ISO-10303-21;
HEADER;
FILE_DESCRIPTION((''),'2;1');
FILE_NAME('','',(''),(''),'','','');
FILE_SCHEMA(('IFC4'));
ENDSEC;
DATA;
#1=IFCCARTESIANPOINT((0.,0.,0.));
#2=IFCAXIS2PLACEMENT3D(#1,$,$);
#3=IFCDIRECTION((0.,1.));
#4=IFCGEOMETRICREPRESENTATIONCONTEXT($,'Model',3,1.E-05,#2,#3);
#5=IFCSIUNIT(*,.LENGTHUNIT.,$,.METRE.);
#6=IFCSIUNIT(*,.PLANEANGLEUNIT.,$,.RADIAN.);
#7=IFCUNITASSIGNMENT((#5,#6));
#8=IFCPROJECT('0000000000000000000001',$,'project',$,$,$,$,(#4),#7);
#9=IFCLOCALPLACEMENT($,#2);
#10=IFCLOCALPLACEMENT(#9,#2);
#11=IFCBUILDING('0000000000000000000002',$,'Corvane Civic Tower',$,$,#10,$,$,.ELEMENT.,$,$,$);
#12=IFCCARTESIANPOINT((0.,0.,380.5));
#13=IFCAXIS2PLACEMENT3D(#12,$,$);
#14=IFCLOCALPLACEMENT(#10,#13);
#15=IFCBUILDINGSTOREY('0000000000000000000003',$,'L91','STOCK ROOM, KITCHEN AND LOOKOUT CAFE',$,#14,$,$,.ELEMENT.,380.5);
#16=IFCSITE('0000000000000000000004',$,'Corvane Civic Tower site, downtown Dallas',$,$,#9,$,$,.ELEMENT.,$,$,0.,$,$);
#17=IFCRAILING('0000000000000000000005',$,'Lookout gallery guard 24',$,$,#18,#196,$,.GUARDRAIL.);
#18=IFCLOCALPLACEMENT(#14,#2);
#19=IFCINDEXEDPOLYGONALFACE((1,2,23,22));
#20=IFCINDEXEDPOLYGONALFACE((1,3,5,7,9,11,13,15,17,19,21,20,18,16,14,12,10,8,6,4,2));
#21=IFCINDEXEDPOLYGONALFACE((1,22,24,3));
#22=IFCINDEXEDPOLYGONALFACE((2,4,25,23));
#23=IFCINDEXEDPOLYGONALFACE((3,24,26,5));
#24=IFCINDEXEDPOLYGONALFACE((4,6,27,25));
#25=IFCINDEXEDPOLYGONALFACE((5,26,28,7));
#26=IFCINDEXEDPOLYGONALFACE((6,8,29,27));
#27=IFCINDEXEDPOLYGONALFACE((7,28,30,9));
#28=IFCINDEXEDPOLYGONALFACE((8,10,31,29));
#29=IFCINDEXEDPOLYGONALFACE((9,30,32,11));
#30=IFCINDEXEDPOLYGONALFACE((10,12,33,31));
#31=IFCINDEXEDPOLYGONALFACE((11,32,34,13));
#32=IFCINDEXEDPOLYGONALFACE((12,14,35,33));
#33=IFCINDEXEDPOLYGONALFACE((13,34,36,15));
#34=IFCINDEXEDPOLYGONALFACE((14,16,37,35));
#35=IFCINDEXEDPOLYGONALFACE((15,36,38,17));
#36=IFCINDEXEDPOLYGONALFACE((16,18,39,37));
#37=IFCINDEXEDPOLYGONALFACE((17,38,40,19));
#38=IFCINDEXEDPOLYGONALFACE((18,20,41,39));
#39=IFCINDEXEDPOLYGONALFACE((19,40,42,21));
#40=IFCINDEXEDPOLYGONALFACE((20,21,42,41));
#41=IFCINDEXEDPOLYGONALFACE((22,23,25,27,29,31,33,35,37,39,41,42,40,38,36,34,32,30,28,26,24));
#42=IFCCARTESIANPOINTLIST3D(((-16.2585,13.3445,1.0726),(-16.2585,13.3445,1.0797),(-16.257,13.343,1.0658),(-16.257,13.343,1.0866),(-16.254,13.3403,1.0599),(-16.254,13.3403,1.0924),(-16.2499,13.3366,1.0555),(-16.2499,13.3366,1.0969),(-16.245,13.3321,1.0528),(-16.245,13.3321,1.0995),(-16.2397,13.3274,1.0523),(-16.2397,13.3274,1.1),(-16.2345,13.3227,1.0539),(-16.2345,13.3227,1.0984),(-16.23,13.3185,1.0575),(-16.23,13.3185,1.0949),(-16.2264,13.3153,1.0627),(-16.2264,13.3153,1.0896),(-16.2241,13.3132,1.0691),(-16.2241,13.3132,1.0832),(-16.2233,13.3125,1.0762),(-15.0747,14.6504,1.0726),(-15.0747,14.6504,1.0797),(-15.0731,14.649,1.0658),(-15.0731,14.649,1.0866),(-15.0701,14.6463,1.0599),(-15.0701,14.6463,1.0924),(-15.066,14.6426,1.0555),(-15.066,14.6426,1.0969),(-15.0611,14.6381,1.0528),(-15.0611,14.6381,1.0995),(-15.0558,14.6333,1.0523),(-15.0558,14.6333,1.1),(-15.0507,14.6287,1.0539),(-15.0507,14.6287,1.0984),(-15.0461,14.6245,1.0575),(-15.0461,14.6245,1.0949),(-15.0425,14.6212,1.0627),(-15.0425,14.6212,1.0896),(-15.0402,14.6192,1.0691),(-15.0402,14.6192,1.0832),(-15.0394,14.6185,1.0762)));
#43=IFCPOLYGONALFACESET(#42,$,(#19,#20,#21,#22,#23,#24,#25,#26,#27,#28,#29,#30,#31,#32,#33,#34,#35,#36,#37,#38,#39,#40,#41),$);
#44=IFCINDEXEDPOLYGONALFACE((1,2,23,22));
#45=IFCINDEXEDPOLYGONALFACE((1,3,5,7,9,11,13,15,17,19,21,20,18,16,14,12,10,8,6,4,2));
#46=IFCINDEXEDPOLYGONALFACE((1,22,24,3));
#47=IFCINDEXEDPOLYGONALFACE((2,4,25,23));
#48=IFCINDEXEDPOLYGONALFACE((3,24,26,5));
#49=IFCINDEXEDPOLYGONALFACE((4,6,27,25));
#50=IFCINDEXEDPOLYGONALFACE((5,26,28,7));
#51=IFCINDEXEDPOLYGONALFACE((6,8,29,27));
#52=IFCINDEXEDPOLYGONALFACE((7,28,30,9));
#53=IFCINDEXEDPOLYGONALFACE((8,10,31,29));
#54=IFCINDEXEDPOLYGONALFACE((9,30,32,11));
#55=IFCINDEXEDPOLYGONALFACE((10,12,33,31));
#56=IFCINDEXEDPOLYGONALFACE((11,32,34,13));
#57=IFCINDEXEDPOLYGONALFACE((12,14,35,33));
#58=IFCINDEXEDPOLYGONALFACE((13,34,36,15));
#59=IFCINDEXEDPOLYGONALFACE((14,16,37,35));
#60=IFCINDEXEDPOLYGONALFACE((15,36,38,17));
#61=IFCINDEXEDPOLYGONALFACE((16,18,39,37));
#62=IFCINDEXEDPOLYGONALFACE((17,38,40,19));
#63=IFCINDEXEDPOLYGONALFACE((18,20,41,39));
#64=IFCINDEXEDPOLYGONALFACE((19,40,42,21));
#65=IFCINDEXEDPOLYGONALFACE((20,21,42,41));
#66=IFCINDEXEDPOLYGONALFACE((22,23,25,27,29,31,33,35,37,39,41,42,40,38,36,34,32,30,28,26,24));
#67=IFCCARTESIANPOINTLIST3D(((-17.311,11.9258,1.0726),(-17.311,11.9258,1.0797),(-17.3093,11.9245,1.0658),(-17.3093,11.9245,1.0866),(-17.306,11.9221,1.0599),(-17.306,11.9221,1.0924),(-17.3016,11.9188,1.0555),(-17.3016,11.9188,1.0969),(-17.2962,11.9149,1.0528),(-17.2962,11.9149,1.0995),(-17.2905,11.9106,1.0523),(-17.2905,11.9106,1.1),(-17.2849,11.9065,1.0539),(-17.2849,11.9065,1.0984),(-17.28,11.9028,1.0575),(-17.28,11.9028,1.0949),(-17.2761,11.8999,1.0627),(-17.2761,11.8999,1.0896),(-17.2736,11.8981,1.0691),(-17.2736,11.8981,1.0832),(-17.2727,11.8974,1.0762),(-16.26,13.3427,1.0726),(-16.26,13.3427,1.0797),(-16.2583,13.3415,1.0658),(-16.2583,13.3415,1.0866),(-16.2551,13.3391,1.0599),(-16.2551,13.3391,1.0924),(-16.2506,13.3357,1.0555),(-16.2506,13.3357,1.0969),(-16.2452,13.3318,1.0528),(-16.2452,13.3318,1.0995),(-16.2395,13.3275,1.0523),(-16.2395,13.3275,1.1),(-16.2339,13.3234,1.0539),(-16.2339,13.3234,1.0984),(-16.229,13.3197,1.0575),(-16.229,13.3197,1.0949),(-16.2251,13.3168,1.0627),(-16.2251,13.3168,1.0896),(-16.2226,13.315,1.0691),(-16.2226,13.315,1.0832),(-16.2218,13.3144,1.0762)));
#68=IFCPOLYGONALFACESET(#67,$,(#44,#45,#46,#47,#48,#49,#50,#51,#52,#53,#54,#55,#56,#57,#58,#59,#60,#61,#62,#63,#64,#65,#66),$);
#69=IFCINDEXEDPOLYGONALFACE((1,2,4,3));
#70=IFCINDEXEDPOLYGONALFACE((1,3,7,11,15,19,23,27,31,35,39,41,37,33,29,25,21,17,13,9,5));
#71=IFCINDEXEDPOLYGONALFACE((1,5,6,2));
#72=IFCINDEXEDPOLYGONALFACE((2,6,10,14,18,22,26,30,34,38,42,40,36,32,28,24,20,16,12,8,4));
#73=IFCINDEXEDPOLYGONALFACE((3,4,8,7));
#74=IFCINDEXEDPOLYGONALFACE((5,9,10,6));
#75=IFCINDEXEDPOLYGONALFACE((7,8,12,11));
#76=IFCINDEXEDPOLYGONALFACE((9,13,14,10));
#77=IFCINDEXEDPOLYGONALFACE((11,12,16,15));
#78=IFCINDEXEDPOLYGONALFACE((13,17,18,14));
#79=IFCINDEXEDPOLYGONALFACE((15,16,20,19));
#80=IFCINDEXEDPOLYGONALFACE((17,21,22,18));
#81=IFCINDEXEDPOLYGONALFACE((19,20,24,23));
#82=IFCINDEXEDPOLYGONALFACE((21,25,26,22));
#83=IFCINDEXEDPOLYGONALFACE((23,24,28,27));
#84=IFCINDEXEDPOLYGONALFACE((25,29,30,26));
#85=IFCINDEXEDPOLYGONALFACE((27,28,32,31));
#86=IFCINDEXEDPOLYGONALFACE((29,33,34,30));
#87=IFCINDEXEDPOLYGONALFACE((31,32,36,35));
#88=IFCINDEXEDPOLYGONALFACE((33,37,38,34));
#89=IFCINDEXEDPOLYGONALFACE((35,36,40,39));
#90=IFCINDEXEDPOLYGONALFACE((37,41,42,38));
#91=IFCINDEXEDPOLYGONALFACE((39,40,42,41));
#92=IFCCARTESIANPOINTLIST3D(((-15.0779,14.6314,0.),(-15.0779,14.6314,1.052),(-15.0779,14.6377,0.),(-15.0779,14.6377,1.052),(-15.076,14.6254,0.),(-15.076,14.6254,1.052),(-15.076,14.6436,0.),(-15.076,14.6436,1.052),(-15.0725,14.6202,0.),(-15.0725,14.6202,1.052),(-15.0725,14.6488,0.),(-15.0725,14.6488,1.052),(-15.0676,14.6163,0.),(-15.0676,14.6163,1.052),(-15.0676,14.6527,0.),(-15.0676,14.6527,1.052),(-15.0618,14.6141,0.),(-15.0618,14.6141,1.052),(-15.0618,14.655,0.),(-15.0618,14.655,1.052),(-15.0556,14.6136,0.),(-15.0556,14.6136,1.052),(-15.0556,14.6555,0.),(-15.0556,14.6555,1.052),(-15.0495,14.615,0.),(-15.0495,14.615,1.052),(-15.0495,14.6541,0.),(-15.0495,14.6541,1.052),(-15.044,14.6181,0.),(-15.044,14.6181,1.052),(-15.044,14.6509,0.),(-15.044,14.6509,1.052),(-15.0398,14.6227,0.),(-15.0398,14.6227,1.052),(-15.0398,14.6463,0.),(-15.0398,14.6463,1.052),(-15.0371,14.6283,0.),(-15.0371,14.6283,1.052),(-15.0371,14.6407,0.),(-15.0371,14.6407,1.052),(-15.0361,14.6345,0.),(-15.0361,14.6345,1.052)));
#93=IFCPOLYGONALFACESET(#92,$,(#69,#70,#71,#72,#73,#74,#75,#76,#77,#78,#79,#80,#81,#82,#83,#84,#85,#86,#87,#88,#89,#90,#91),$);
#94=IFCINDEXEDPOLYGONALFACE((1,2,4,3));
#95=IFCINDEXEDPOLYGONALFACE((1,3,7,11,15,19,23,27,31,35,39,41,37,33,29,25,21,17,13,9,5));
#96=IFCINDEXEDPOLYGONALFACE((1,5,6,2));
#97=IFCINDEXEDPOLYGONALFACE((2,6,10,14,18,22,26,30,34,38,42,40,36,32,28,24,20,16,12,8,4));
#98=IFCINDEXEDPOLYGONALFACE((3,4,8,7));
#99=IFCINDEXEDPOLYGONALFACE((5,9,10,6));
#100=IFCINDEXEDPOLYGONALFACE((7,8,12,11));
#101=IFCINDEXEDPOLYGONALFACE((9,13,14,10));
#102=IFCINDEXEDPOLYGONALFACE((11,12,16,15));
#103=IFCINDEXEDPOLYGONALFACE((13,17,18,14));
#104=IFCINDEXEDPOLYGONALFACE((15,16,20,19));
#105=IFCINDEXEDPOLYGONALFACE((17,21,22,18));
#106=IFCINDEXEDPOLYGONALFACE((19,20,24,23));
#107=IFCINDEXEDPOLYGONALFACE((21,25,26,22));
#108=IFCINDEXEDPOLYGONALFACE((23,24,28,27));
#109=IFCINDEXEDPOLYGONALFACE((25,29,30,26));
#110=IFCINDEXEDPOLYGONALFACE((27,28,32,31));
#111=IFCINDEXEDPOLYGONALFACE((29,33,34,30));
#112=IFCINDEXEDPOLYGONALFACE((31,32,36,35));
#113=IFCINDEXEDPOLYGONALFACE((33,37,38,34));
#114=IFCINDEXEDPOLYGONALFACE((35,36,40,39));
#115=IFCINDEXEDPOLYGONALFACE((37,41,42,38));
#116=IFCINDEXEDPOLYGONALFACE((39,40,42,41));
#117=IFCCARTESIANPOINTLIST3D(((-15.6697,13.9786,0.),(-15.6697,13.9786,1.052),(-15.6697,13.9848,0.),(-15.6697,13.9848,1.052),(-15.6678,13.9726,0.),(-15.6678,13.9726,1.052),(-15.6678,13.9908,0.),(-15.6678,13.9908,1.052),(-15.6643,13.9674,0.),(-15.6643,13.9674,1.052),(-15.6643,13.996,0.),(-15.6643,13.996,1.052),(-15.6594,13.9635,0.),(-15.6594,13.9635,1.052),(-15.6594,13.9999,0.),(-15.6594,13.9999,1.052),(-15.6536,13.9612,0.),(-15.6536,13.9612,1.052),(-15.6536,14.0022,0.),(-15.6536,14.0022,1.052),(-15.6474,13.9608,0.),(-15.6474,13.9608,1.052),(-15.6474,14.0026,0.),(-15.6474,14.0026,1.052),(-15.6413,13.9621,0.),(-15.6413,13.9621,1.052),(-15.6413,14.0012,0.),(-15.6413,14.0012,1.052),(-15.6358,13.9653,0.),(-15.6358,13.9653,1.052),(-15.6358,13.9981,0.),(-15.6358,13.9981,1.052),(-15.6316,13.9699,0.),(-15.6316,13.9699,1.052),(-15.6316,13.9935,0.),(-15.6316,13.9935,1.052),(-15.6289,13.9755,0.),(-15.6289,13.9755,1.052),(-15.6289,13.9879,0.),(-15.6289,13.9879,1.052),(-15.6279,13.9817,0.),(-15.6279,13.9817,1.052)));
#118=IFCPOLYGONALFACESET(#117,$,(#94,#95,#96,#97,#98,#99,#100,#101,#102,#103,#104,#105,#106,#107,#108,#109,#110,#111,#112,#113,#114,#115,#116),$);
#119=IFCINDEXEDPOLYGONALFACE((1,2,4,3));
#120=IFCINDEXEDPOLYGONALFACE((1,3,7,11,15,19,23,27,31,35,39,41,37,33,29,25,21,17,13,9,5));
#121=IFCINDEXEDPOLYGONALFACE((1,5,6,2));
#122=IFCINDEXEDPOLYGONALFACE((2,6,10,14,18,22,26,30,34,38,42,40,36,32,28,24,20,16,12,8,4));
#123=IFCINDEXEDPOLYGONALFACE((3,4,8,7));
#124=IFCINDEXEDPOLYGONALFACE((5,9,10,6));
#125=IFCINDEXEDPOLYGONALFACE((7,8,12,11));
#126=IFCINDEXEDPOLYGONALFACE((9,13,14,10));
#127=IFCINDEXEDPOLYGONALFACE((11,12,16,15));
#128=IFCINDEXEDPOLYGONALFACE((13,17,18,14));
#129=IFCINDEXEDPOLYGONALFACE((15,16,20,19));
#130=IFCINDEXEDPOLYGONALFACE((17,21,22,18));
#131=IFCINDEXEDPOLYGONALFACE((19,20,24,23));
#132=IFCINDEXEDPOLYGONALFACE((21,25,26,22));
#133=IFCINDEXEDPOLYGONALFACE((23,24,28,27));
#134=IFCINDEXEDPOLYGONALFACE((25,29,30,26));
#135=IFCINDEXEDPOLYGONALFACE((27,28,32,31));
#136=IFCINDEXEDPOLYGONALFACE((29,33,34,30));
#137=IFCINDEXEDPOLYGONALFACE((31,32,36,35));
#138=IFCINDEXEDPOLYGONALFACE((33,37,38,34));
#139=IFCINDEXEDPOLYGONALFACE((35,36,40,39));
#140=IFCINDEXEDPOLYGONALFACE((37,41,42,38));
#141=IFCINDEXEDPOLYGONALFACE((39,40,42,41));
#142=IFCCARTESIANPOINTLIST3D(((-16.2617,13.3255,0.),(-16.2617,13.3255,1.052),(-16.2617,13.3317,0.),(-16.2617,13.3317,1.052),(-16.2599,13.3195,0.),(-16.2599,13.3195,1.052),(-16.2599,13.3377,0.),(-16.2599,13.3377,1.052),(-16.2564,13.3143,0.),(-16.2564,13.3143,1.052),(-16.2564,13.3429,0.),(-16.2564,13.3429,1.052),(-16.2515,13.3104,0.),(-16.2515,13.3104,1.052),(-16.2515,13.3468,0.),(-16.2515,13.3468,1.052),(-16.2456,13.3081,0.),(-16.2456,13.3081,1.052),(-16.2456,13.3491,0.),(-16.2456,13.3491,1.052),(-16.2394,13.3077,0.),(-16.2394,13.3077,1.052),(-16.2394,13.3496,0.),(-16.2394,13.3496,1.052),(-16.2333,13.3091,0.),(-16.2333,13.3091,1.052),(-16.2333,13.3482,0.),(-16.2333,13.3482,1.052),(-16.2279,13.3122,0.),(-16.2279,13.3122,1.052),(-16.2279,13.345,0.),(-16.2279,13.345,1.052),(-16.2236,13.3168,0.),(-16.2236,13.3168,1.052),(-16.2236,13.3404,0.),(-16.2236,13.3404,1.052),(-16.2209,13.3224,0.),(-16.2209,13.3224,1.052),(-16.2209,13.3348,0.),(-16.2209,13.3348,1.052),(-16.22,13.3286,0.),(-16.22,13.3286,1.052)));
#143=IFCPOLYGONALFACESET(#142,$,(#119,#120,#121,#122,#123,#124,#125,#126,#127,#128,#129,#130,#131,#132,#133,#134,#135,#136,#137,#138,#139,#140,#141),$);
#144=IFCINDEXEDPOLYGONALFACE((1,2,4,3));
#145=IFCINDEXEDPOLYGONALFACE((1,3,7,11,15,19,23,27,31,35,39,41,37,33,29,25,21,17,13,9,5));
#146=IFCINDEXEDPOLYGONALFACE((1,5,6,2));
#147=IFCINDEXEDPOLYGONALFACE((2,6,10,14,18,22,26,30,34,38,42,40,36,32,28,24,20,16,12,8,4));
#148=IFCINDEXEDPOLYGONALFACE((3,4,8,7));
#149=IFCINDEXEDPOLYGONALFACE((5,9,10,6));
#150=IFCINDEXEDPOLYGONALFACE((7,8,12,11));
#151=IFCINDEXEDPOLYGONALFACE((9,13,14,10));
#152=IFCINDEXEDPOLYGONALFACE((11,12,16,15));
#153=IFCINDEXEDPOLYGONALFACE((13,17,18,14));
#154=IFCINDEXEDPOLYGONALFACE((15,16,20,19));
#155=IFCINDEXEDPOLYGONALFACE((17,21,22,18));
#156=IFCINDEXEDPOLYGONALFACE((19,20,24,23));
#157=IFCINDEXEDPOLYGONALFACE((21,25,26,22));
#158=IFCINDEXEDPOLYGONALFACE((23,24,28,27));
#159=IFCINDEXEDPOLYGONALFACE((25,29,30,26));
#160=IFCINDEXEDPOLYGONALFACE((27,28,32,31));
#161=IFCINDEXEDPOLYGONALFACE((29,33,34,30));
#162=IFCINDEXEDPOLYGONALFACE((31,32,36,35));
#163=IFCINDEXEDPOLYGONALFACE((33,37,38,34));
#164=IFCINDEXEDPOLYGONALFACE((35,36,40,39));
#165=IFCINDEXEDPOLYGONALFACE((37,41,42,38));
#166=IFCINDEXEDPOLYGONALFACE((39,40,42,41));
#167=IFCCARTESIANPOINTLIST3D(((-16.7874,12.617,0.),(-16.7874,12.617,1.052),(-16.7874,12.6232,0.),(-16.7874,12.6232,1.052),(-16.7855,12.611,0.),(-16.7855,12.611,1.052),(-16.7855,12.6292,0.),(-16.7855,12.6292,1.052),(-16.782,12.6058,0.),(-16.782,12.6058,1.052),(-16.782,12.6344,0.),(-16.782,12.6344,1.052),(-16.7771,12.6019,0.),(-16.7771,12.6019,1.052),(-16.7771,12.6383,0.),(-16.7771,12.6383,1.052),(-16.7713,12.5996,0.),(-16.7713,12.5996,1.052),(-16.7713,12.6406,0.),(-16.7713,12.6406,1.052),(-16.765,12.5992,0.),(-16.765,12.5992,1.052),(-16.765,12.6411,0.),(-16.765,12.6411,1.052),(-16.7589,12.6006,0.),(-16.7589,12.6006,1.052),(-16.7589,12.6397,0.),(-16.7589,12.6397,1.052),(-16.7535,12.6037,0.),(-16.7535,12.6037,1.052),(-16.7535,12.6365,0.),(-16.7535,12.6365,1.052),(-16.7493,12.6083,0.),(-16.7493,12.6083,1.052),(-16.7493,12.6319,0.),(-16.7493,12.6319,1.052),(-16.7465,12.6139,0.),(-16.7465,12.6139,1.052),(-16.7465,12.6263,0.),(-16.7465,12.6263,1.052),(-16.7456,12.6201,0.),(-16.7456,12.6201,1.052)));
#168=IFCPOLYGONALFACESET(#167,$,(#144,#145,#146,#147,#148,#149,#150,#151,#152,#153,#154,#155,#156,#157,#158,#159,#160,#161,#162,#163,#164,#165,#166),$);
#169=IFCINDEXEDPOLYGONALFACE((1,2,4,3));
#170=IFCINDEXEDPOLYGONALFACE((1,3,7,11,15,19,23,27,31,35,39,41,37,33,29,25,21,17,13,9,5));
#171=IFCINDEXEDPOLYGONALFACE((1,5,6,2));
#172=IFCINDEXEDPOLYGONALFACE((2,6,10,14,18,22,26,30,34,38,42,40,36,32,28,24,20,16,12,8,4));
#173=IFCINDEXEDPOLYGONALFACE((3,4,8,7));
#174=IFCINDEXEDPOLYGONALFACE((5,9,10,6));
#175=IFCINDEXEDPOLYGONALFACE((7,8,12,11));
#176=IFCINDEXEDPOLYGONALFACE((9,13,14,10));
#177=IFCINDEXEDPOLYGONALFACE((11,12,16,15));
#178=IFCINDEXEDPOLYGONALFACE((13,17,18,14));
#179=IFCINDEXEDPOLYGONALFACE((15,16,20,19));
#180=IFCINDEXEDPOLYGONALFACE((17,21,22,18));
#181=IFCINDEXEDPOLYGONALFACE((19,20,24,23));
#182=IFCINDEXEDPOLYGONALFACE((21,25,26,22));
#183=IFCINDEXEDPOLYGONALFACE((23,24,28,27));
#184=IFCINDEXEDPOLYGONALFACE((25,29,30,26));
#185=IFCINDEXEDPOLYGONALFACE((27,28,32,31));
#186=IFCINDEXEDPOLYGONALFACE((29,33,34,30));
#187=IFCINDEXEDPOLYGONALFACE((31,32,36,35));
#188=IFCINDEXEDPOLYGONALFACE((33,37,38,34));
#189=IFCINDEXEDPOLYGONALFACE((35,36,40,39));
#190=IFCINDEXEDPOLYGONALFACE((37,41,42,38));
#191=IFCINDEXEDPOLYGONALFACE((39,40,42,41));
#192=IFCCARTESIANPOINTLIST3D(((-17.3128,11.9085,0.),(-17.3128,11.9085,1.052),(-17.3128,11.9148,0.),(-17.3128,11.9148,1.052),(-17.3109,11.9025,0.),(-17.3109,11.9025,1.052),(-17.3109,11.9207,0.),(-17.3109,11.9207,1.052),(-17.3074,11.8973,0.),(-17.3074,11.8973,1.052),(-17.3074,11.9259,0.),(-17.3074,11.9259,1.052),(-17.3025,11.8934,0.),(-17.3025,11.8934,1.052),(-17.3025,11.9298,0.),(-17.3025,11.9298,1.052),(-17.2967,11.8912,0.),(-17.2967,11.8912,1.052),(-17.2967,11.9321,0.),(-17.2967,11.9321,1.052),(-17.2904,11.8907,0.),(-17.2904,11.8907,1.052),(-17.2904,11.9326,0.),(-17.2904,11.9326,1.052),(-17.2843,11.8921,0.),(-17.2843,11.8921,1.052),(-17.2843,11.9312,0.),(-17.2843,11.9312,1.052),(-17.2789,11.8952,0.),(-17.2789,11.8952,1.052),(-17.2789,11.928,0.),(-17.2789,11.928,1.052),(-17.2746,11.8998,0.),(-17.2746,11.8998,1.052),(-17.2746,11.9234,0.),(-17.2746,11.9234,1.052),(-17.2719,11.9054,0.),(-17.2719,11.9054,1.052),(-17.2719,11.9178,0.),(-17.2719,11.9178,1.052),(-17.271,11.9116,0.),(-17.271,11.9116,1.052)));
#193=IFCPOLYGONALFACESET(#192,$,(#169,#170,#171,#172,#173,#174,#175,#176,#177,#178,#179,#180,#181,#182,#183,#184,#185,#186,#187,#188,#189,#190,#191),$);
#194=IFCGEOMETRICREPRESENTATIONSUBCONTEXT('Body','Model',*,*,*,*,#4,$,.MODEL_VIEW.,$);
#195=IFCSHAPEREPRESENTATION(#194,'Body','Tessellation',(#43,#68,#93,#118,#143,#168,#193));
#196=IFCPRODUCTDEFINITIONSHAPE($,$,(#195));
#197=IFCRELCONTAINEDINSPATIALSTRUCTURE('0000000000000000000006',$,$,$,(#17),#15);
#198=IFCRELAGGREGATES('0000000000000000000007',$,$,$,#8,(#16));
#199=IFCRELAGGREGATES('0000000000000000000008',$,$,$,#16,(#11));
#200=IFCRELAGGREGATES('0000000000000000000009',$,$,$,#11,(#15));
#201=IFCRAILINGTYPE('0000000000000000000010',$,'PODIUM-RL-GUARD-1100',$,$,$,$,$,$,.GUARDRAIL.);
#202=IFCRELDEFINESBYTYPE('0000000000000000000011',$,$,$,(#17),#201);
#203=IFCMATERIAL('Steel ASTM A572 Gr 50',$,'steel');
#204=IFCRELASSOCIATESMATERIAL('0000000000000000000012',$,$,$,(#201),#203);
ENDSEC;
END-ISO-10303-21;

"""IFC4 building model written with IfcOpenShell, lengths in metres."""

from ifc_helpers import new_model, si_unit, direction, frame, origin, origin_2d, place, context, subcontext, project, spatial, circle, extrude, material, type_object, element, save


model = new_model("IFC4")

# Units and contexts
model_context = context("Model", 3, precision=1e-05, world=origin(), true_north=direction((0.0, 1.0)))
body_context = subcontext(model_context, "Body", "Model", "MODEL_VIEW")
ifc_project = project(units=[si_unit("LENGTHUNIT", "METRE"), si_unit("PLANEANGLEUNIT", "RADIAN")], contexts=[model_context])

# Site, building, storey
site_placement = place(None, origin())
site = spatial("IfcSite", under=ifc_project, at=site_placement, Name="Corvane Civic Tower site, downtown Dallas", CompositionType="ELEMENT", RefElevation=0.0)
building_placement = place(site_placement, origin())
building = spatial("IfcBuilding", under=site, at=building_placement, Name="Corvane Civic Tower", CompositionType="ELEMENT")
storey_placement = place(building_placement, frame((0.0, 0.0, 380.5)))
storey = spatial("IfcBuildingStorey", under=building, at=storey_placement, Name="L91", Description="STOCK ROOM, KITCHEN AND LOOKOUT CAFE", CompositionType="ELEMENT", Elevation=380.5)

# Railing
ifc_material_1 = material(Name="Steel ASTM A572 Gr 50", Category="steel")
railing_type = type_object("IfcRailingType", Name="PODIUM-RL-GUARD-1100", PredefinedType="GUARDRAIL", material=ifc_material_1)
railing_1_placement = place(storey_placement, frame((-15.0571, 14.6345, 0.0)))
element("IfcRailing", 1, at=railing_1_placement, inside=storey, type_object=railing_type, Name="Lookout gallery guard 24", PredefinedType="GUARDRAIL", context=body_context, shape_type="SweptSolid", body=[
    extrude(circle(Radius=0.0239, at=origin_2d()), frame((0.0, 0.0, 1.0762), z_axis=(-0.671631, -0.740886, 0.0), x_axis=(0.740886, -0.671631, 0.0)), (0.0, 0.0, 1.0), 1.7627),
    extrude(circle(Radius=0.0239, at=origin_2d()), frame((-1.1838, -1.3059, 1.0762), z_axis=(-0.59574, -0.803177, 0.0), x_axis=(0.803177, -0.59574, 0.0)), (0.0, 0.0, 1.0), 1.7642),
    extrude(circle(Radius=0.021, at=origin_2d()), origin(), (0.0, 0.0, 1.0), 1.052),
    extrude(circle(Radius=0.021, at=origin_2d()), frame((-0.5918, -0.6528, 0.0)), (0.0, 0.0, 1.0), 1.052),
    extrude(circle(Radius=0.021, at=origin_2d()), frame((-1.1838, -1.3059, 0.0)), (0.0, 0.0, 1.0), 1.052),
    extrude(circle(Radius=0.021, at=origin_2d()), frame((-1.7095, -2.0144, 0.0)), (0.0, 0.0, 1.0), 1.052),
    extrude(circle(Radius=0.021, at=origin_2d()), frame((-2.2349, -2.7229, 0.0)), (0.0, 0.0, 1.0), 1.052),
])

save(model, "model.ifc")
